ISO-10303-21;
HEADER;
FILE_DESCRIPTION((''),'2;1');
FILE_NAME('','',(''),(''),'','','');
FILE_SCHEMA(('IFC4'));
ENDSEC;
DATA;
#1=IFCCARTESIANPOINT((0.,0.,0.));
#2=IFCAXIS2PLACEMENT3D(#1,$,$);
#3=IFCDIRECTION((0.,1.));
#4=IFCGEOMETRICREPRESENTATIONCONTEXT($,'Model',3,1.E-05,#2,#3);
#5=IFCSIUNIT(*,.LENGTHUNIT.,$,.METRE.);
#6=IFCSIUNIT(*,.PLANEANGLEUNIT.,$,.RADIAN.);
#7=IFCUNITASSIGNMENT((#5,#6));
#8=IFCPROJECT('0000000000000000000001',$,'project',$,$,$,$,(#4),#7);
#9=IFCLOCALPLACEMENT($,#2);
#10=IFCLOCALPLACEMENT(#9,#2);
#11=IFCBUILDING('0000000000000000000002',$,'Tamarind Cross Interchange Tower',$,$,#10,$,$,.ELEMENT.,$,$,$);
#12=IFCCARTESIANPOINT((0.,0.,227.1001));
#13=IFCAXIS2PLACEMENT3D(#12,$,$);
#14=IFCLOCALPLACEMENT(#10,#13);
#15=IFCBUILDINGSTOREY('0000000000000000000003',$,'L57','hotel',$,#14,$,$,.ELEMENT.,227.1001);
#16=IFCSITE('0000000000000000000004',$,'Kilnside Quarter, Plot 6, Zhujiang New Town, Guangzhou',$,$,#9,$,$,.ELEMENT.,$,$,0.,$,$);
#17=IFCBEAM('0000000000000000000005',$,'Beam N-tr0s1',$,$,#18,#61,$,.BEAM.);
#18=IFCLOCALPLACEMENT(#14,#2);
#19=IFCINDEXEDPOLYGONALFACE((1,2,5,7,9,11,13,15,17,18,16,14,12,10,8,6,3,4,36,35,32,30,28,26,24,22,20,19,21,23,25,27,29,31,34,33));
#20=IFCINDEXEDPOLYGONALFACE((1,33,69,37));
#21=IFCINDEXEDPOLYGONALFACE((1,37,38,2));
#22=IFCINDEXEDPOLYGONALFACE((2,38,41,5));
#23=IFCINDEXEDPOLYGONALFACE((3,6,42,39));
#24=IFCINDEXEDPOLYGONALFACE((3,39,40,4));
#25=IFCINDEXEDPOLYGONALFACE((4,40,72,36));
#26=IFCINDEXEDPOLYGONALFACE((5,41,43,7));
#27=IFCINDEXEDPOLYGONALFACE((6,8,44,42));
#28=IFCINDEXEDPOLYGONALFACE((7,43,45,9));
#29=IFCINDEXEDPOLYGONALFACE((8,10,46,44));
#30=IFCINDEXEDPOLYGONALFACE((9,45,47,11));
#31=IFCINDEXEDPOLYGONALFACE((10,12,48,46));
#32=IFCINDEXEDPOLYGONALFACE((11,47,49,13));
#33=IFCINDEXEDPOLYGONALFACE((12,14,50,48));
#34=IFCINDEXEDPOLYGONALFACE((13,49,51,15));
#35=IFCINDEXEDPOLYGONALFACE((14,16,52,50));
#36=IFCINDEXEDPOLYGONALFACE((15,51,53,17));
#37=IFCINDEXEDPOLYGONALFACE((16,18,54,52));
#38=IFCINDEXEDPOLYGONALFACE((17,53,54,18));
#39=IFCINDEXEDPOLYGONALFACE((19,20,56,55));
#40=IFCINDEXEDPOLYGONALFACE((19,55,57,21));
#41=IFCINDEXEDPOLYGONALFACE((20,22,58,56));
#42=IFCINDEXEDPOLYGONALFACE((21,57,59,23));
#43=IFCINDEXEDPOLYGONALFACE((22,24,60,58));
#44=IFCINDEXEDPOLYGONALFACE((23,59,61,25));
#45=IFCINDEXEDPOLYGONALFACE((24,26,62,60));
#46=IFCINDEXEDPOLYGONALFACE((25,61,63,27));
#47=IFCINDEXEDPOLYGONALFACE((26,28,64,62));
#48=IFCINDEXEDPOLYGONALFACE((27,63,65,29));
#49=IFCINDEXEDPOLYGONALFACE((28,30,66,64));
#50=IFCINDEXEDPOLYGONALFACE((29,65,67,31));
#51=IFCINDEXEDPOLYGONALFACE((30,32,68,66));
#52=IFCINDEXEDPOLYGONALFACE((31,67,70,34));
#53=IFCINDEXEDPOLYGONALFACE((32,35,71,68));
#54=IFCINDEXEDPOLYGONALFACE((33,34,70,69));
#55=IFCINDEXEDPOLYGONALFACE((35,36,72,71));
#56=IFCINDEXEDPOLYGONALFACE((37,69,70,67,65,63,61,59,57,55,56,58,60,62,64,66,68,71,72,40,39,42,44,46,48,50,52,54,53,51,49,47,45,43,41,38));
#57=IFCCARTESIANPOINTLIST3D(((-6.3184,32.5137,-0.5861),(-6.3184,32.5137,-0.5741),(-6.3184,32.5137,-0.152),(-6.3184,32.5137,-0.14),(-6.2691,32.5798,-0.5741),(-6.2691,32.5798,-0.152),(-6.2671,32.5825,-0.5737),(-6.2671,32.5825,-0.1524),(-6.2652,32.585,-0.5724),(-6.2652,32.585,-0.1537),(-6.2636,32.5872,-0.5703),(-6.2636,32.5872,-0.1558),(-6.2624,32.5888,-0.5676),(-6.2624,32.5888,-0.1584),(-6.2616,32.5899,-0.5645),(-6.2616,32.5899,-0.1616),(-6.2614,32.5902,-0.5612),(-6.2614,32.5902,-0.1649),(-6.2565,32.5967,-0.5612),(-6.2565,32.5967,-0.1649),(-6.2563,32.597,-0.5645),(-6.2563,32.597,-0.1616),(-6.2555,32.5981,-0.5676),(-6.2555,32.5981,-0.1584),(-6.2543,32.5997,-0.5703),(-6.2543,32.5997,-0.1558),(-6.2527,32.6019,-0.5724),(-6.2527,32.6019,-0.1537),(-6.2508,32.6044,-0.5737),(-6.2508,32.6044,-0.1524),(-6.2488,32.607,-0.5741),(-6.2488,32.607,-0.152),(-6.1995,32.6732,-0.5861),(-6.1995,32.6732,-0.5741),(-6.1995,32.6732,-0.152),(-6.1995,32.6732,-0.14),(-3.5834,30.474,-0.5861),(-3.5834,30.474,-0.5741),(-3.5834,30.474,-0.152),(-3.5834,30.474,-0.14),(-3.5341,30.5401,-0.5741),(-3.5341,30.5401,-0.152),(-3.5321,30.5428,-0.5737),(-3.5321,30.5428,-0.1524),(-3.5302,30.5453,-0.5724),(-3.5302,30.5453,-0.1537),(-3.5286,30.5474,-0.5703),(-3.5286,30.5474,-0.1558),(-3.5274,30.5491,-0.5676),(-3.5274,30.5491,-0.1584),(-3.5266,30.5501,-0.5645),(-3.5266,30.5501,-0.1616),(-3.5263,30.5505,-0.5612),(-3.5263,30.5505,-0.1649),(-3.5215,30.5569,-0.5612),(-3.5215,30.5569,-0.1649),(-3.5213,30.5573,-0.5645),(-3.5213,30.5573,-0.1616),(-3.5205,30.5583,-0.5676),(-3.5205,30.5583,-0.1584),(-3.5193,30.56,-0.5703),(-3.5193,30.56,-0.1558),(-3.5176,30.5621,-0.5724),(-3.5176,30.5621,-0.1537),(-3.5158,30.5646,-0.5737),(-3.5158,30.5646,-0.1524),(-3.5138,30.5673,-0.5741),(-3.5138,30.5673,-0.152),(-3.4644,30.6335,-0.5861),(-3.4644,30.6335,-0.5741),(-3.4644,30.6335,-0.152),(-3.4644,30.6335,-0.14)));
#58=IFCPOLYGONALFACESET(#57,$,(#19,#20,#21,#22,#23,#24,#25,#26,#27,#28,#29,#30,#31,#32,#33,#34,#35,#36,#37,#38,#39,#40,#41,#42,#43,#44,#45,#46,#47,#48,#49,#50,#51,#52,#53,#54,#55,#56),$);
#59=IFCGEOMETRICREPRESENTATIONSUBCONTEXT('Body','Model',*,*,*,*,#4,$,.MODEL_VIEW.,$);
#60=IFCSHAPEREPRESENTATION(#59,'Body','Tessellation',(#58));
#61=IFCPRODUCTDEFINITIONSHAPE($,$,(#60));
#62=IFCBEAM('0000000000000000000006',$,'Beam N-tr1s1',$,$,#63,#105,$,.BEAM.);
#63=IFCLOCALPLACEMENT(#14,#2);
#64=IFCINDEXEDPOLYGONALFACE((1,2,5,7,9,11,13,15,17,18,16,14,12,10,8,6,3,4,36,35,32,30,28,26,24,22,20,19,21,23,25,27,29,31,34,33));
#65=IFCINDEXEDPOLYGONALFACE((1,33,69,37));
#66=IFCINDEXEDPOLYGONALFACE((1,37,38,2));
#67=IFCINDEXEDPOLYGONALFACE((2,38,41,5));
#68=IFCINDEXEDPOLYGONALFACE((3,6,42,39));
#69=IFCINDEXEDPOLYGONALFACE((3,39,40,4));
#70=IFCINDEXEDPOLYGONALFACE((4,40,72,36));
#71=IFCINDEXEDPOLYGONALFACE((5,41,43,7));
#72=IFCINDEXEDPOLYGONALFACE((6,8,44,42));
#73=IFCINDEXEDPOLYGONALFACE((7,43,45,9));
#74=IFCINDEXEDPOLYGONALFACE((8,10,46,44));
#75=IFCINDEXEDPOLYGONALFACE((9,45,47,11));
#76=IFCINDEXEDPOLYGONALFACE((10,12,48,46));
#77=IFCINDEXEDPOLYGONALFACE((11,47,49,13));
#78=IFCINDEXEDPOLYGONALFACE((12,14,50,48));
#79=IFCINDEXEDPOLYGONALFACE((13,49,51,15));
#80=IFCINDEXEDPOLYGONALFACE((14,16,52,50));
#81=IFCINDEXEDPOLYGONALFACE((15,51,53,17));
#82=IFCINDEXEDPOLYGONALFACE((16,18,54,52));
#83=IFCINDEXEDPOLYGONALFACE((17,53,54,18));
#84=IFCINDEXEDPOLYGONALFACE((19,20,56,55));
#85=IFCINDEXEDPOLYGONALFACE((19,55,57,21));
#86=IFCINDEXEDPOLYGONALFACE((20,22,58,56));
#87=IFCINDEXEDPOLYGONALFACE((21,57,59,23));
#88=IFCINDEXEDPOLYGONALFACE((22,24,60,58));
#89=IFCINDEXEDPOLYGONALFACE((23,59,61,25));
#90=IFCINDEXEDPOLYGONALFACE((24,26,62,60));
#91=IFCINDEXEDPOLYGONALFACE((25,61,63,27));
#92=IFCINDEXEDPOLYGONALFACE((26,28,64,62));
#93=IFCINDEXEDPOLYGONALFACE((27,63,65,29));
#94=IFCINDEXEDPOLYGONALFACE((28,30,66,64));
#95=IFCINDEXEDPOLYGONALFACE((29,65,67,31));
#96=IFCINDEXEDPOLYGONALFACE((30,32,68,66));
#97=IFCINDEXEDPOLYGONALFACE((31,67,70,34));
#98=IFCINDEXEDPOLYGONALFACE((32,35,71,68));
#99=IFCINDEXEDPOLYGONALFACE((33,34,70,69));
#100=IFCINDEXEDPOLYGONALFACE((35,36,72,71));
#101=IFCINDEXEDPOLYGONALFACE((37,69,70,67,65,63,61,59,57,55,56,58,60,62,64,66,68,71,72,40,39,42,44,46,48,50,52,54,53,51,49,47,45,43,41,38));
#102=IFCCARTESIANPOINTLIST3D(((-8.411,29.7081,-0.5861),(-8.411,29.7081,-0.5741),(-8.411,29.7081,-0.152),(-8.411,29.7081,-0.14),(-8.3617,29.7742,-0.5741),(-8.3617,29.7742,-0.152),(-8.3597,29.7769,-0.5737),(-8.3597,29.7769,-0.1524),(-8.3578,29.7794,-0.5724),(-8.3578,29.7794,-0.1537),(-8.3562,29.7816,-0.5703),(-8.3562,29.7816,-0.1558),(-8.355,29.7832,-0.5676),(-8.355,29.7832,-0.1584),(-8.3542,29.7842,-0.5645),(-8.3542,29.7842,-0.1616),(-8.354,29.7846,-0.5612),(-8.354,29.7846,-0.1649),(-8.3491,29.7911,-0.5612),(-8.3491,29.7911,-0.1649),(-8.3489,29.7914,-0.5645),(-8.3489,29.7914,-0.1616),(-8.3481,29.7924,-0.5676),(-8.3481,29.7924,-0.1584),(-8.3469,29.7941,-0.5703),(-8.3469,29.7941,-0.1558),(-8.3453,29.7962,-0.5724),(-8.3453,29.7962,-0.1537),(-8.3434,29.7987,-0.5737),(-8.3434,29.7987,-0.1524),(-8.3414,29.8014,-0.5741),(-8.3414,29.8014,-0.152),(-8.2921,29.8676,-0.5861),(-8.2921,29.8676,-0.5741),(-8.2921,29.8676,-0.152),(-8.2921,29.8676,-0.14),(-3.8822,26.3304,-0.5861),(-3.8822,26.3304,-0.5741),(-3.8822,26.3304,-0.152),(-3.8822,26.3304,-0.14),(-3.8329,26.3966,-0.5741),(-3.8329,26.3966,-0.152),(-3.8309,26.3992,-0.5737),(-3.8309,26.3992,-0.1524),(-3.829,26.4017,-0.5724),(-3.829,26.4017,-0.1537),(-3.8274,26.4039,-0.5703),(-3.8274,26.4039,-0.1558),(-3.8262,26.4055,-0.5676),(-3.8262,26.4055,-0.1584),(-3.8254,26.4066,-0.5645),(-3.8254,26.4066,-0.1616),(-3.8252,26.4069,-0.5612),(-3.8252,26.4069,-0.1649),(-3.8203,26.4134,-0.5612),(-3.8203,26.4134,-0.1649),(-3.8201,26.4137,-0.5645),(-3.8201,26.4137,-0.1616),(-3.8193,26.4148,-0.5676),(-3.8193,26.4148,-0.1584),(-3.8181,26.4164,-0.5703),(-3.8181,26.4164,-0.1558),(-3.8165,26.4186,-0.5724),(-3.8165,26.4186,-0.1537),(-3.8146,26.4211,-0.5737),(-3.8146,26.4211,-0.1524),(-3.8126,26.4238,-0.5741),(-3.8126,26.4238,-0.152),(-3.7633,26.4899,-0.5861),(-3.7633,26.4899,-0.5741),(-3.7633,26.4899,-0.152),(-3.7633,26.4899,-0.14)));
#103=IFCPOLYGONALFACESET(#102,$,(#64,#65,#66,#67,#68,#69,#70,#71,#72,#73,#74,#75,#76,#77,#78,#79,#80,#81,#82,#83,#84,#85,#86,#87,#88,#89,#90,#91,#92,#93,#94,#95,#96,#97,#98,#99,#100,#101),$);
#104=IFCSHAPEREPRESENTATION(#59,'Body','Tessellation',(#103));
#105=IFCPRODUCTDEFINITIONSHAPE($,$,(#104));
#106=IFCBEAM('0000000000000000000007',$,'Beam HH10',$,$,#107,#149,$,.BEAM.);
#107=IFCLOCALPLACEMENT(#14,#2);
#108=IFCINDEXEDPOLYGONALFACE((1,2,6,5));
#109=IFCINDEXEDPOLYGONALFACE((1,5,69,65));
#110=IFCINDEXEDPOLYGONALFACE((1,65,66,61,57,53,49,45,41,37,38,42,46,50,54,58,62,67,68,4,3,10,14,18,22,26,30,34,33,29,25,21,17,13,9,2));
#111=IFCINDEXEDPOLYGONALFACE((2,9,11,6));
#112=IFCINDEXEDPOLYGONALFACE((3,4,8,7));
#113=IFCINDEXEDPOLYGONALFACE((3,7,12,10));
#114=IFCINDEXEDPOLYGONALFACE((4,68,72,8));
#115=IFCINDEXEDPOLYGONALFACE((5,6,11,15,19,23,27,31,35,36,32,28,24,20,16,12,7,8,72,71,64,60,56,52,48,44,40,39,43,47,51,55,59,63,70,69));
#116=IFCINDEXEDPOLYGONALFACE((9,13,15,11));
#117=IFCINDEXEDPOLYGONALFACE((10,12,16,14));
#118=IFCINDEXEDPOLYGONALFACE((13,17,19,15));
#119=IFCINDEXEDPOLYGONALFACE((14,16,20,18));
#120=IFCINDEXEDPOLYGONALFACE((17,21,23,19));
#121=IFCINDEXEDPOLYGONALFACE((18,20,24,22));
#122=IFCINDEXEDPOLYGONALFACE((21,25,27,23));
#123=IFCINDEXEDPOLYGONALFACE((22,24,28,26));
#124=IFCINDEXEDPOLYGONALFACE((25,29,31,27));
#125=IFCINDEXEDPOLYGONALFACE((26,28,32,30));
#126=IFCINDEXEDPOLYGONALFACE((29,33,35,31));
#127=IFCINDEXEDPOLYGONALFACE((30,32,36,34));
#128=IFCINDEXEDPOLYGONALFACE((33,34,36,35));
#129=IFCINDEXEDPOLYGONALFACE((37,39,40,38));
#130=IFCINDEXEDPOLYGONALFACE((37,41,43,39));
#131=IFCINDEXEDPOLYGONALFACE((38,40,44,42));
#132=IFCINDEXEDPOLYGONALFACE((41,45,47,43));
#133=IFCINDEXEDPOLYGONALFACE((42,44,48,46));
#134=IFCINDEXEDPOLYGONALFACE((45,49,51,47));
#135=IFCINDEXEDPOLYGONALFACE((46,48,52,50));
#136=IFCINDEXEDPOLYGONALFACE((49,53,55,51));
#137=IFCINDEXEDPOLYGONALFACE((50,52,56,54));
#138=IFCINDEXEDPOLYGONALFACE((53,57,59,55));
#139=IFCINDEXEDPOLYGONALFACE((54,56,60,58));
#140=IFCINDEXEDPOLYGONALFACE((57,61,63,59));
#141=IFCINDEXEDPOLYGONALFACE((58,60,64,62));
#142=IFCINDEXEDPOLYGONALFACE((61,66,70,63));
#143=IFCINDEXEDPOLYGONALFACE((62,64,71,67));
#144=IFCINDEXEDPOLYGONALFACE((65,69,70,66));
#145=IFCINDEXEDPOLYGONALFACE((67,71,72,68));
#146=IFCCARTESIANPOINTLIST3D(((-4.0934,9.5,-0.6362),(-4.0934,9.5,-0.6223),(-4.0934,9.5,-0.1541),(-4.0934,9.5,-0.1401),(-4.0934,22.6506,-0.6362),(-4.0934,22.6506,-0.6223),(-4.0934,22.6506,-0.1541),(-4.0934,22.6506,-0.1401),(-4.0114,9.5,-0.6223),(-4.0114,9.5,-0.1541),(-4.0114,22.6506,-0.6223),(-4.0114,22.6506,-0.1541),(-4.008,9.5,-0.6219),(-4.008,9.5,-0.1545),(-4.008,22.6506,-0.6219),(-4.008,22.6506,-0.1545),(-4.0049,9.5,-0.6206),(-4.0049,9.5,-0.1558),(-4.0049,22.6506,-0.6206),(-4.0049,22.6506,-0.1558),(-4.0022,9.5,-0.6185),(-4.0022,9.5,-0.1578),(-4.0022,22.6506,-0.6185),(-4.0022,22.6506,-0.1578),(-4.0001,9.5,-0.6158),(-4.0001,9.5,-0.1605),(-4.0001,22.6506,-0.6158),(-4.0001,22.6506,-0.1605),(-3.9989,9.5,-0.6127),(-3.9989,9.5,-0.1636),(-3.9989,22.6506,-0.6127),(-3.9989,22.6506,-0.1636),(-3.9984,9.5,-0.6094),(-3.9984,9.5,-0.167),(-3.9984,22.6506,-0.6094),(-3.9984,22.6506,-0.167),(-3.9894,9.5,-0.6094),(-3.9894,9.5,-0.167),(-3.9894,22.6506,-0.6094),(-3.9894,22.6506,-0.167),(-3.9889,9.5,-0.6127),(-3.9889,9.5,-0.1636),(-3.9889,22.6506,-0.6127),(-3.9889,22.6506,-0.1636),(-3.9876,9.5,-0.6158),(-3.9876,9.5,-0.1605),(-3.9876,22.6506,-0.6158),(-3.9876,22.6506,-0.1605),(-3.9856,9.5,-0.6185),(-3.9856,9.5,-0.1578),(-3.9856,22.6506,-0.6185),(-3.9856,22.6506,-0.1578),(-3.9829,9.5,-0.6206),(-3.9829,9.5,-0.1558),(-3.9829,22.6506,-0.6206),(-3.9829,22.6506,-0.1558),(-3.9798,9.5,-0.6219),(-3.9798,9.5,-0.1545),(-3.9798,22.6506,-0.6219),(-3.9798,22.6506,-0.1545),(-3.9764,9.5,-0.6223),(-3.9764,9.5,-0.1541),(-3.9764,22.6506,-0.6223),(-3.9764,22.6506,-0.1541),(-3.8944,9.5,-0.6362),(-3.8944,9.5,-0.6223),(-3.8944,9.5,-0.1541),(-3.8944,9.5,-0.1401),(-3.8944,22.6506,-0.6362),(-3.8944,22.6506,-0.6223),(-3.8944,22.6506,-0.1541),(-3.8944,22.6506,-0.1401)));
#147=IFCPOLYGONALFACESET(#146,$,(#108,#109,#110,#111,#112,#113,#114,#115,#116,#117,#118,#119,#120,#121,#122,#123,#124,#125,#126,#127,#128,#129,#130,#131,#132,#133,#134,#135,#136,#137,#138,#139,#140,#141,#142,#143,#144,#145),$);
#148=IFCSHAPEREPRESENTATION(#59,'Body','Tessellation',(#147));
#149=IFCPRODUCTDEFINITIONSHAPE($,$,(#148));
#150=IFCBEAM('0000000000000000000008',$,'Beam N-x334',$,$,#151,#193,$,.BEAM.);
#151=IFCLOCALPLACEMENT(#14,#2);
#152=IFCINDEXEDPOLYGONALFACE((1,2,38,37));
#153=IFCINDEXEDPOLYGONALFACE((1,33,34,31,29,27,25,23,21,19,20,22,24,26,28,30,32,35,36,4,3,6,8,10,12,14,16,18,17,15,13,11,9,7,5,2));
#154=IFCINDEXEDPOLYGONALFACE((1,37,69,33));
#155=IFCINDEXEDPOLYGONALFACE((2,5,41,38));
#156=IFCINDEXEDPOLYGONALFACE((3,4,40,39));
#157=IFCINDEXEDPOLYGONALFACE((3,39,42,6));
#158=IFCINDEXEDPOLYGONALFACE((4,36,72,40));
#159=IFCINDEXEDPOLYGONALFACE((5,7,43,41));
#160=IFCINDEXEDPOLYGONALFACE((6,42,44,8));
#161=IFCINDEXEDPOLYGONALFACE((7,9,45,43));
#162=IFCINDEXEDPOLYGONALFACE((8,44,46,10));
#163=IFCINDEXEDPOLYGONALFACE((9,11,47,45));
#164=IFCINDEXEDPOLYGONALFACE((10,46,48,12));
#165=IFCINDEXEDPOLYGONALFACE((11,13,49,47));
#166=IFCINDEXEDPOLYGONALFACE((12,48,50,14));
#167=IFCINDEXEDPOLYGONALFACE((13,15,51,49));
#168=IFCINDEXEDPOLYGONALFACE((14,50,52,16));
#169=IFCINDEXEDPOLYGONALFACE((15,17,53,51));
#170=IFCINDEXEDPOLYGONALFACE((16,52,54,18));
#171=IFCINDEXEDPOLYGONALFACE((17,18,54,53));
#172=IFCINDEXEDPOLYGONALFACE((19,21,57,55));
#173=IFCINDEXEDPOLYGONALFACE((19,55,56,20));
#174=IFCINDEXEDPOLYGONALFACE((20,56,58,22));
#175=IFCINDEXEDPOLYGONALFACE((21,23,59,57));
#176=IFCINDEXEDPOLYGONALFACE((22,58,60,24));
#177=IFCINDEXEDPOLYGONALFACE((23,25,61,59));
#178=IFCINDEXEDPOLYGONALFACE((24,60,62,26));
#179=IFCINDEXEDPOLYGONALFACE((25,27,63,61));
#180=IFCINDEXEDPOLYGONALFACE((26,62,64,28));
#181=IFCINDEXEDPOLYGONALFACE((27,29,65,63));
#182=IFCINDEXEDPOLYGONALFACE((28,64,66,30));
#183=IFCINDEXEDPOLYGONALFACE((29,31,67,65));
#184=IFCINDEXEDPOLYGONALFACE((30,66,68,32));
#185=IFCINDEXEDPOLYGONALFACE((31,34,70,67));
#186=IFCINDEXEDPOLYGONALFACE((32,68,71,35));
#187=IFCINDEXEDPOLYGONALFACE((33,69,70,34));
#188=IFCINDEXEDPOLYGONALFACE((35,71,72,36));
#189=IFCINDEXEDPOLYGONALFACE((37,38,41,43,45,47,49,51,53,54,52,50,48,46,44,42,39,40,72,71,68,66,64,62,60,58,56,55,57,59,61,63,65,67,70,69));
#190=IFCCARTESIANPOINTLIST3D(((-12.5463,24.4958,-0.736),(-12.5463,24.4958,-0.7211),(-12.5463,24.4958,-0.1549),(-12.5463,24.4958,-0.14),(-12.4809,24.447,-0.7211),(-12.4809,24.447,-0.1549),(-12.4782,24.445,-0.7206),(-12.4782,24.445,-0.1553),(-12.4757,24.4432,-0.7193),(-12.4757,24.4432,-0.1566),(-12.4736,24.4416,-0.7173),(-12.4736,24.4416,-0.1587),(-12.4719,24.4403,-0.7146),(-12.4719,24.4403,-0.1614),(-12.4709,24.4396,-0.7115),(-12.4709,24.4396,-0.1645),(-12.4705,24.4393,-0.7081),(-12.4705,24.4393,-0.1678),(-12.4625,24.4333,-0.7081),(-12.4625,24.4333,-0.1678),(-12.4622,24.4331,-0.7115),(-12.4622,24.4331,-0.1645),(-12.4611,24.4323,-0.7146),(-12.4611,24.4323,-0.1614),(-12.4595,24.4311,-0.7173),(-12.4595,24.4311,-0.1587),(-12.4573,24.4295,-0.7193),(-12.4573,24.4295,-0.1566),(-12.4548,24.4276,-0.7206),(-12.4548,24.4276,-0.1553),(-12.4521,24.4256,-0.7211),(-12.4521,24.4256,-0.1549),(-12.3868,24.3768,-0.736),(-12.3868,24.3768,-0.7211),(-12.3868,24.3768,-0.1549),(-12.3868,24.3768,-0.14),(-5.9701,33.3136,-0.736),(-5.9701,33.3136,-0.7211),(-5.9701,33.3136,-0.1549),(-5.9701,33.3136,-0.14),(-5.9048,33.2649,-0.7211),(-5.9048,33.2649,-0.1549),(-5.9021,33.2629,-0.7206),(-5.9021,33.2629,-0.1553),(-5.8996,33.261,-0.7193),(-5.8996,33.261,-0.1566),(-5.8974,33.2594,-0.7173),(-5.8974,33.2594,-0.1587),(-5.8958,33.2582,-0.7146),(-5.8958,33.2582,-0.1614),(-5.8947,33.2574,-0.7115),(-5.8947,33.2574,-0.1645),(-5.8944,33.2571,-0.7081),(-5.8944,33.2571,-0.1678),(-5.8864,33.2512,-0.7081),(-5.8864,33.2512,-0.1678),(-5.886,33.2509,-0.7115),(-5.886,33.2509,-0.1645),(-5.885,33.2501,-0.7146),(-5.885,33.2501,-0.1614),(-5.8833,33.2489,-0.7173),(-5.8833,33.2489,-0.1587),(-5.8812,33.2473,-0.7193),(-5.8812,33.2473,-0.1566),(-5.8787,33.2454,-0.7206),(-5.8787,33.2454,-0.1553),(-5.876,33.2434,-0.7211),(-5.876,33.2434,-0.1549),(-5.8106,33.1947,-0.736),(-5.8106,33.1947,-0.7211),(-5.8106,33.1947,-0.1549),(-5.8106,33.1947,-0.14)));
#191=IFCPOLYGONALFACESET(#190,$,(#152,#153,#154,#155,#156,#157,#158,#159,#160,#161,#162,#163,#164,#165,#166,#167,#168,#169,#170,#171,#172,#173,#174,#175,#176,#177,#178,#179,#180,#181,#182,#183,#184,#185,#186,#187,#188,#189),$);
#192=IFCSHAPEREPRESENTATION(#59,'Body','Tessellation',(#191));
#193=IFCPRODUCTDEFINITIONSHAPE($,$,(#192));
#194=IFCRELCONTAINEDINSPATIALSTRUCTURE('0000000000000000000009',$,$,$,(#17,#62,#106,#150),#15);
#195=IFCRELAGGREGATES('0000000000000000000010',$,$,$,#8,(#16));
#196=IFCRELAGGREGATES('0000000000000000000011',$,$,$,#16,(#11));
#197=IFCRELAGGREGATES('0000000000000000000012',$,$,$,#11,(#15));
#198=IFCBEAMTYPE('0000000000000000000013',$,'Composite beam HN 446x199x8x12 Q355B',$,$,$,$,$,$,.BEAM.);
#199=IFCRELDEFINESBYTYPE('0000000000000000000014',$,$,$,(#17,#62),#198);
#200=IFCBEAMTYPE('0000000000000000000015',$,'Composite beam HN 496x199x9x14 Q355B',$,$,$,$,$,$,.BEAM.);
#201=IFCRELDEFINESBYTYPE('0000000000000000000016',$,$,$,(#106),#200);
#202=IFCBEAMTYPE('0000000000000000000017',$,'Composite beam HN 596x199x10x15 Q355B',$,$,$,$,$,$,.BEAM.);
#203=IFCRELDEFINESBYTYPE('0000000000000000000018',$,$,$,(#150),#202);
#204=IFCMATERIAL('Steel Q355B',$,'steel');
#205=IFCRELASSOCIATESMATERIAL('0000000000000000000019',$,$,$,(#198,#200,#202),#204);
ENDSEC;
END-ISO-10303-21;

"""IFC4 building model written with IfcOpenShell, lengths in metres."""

from ifc_helpers import new_model, si_unit, direction, frame, origin, origin_2d, place, context, subcontext, project, spatial, i_section, extrude, material, material_profile, profile_set, type_object, element, save


model = new_model("IFC4")

# Units and contexts
model_context = context("Model", 3, precision=1e-05, world=origin(), true_north=direction((0.0, 1.0)))
body_context = subcontext(model_context, "Body", "Model", "MODEL_VIEW")
ifc_project = project(units=[si_unit("LENGTHUNIT", "METRE"), si_unit("PLANEANGLEUNIT", "RADIAN")], contexts=[model_context])

# Site, building, storey
site_placement = place(None, origin())
site = spatial("IfcSite", under=ifc_project, at=site_placement, Name="Kilnside Quarter, Plot 6, Zhujiang New Town, Guangzhou", CompositionType="ELEMENT", RefElevation=0.0)
building_placement = place(site_placement, origin())
building = spatial("IfcBuilding", under=site, at=building_placement, Name="Tamarind Cross Interchange Tower", CompositionType="ELEMENT")
storey_placement = place(building_placement, frame((0.0, 0.0, 227.1001)))
storey = spatial("IfcBuildingStorey", under=building, at=storey_placement, Name="L57", Description="hotel", CompositionType="ELEMENT", Elevation=227.1001)

# Beams
ifc_material_1 = material(Name="Steel Q355B", Category="steel")
ifc_material_profile_1 = material_profile(ifc_material_1, i_section(OverallWidth=0.199, OverallDepth=0.446, WebThickness=0.0081, FlangeThickness=0.012, FilletRadius=0.0129, at=origin_2d()), Name="HN 446x199x8x12")
ifc_profile_set_1 = profile_set([ifc_material_profile_1], Name="Steel Q355B")
beam_type_1 = type_object("IfcBeamType", Name="Composite beam HN 446x199x8x12 Q355B", PredefinedType="BEAM", material=ifc_profile_set_1)
beam_1_placement = place(storey_placement, frame((-3.5239, 30.5537, -0.363), z_axis=(-0.80162, 0.597834, 0.0), x_axis=(-0.597834, -0.80162, 0.0)))
element("IfcBeam", 1, at=beam_1_placement, inside=storey, type_object=beam_type_1, Name="Beam N-tr0s1", PredefinedType="BEAM", context=body_context, shape_type="SweptSolid", body=[
    extrude(i_section(OverallWidth=0.199, OverallDepth=0.446, WebThickness=0.0081, FlangeThickness=0.012, FilletRadius=0.0129, at=origin_2d()), origin(), (0.0, 0.0, 1.0), 3.4119),
])
beam_2_placement = place(storey_placement, frame((-3.8228, 26.4102, -0.363), z_axis=(-0.801605, 0.597854, 0.0), x_axis=(-0.597854, -0.801605, 0.0)))
element("IfcBeam", 2, at=beam_2_placement, inside=storey, type_object=beam_type_1, Name="Beam N-tr1s1", PredefinedType="BEAM", context=body_context, shape_type="SweptSolid", body=[
    extrude(i_section(OverallWidth=0.199, OverallDepth=0.446, WebThickness=0.0081, FlangeThickness=0.012, FilletRadius=0.0129, at=origin_2d()), origin(), (0.0, 0.0, 1.0), 5.6497),
])
ifc_material_profile_2 = material_profile(ifc_material_1, i_section(OverallWidth=0.199, OverallDepth=0.4961, WebThickness=0.009, FlangeThickness=0.0139, FilletRadius=0.0129, at=origin_2d()), Name="HN 496x199x9x14")
ifc_profile_set_2 = profile_set([ifc_material_profile_2], Name="Steel Q355B")
beam_type_2 = type_object("IfcBeamType", Name="Composite beam HN 496x199x9x14 Q355B", PredefinedType="BEAM", material=ifc_profile_set_2)
beam_3_placement = place(storey_placement, frame((-3.9939, 22.6506, -0.3882), z_axis=(0.0, -1.0, 0.0), x_axis=(1.0, 0.0, 0.0)))
element("IfcBeam", 3, at=beam_3_placement, inside=storey, type_object=beam_type_2, Name="Beam HH10", PredefinedType="BEAM", context=body_context, shape_type="SweptSolid", body=[
    extrude(i_section(OverallWidth=0.199, OverallDepth=0.4961, WebThickness=0.009, FlangeThickness=0.0139, FilletRadius=0.0129, at=origin_2d()), origin(), (0.0, 0.0, 1.0), 13.1506),
])
ifc_material_profile_3 = material_profile(ifc_material_1, i_section(OverallWidth=0.199, OverallDepth=0.5959, WebThickness=0.01, FlangeThickness=0.0149, FilletRadius=0.0129, at=origin_2d()), Name="HN 596x199x10x15")
ifc_profile_set_3 = profile_set([ifc_material_profile_3], Name="Steel Q355B")
beam_type_3 = type_object("IfcBeamType", Name="Composite beam HN 596x199x10x15 Q355B", PredefinedType="BEAM", material=ifc_profile_set_3)
for number, where, z_axis, x_axis, name in (
    (4, (-5.8904, 33.2542, -0.438), (-0.597832, -0.801622, 0.0), (0.801622, -0.597832, 0.0), "Beam N-x334"),
):
    element("IfcBeam", number, at=place(storey_placement, frame(where, z_axis=z_axis, x_axis=x_axis)), inside=storey, type_object=beam_type_3, Name=name, PredefinedType="BEAM", context=body_context, shape_type="SweptSolid", body=[
        extrude(i_section(OverallWidth=0.199, OverallDepth=0.5959, WebThickness=0.01, FlangeThickness=0.0149, FilletRadius=0.0129, at=origin_2d()), origin(), (0.0, 0.0, 1.0), 11.0),
    ])

save(model, "model.ifc")
